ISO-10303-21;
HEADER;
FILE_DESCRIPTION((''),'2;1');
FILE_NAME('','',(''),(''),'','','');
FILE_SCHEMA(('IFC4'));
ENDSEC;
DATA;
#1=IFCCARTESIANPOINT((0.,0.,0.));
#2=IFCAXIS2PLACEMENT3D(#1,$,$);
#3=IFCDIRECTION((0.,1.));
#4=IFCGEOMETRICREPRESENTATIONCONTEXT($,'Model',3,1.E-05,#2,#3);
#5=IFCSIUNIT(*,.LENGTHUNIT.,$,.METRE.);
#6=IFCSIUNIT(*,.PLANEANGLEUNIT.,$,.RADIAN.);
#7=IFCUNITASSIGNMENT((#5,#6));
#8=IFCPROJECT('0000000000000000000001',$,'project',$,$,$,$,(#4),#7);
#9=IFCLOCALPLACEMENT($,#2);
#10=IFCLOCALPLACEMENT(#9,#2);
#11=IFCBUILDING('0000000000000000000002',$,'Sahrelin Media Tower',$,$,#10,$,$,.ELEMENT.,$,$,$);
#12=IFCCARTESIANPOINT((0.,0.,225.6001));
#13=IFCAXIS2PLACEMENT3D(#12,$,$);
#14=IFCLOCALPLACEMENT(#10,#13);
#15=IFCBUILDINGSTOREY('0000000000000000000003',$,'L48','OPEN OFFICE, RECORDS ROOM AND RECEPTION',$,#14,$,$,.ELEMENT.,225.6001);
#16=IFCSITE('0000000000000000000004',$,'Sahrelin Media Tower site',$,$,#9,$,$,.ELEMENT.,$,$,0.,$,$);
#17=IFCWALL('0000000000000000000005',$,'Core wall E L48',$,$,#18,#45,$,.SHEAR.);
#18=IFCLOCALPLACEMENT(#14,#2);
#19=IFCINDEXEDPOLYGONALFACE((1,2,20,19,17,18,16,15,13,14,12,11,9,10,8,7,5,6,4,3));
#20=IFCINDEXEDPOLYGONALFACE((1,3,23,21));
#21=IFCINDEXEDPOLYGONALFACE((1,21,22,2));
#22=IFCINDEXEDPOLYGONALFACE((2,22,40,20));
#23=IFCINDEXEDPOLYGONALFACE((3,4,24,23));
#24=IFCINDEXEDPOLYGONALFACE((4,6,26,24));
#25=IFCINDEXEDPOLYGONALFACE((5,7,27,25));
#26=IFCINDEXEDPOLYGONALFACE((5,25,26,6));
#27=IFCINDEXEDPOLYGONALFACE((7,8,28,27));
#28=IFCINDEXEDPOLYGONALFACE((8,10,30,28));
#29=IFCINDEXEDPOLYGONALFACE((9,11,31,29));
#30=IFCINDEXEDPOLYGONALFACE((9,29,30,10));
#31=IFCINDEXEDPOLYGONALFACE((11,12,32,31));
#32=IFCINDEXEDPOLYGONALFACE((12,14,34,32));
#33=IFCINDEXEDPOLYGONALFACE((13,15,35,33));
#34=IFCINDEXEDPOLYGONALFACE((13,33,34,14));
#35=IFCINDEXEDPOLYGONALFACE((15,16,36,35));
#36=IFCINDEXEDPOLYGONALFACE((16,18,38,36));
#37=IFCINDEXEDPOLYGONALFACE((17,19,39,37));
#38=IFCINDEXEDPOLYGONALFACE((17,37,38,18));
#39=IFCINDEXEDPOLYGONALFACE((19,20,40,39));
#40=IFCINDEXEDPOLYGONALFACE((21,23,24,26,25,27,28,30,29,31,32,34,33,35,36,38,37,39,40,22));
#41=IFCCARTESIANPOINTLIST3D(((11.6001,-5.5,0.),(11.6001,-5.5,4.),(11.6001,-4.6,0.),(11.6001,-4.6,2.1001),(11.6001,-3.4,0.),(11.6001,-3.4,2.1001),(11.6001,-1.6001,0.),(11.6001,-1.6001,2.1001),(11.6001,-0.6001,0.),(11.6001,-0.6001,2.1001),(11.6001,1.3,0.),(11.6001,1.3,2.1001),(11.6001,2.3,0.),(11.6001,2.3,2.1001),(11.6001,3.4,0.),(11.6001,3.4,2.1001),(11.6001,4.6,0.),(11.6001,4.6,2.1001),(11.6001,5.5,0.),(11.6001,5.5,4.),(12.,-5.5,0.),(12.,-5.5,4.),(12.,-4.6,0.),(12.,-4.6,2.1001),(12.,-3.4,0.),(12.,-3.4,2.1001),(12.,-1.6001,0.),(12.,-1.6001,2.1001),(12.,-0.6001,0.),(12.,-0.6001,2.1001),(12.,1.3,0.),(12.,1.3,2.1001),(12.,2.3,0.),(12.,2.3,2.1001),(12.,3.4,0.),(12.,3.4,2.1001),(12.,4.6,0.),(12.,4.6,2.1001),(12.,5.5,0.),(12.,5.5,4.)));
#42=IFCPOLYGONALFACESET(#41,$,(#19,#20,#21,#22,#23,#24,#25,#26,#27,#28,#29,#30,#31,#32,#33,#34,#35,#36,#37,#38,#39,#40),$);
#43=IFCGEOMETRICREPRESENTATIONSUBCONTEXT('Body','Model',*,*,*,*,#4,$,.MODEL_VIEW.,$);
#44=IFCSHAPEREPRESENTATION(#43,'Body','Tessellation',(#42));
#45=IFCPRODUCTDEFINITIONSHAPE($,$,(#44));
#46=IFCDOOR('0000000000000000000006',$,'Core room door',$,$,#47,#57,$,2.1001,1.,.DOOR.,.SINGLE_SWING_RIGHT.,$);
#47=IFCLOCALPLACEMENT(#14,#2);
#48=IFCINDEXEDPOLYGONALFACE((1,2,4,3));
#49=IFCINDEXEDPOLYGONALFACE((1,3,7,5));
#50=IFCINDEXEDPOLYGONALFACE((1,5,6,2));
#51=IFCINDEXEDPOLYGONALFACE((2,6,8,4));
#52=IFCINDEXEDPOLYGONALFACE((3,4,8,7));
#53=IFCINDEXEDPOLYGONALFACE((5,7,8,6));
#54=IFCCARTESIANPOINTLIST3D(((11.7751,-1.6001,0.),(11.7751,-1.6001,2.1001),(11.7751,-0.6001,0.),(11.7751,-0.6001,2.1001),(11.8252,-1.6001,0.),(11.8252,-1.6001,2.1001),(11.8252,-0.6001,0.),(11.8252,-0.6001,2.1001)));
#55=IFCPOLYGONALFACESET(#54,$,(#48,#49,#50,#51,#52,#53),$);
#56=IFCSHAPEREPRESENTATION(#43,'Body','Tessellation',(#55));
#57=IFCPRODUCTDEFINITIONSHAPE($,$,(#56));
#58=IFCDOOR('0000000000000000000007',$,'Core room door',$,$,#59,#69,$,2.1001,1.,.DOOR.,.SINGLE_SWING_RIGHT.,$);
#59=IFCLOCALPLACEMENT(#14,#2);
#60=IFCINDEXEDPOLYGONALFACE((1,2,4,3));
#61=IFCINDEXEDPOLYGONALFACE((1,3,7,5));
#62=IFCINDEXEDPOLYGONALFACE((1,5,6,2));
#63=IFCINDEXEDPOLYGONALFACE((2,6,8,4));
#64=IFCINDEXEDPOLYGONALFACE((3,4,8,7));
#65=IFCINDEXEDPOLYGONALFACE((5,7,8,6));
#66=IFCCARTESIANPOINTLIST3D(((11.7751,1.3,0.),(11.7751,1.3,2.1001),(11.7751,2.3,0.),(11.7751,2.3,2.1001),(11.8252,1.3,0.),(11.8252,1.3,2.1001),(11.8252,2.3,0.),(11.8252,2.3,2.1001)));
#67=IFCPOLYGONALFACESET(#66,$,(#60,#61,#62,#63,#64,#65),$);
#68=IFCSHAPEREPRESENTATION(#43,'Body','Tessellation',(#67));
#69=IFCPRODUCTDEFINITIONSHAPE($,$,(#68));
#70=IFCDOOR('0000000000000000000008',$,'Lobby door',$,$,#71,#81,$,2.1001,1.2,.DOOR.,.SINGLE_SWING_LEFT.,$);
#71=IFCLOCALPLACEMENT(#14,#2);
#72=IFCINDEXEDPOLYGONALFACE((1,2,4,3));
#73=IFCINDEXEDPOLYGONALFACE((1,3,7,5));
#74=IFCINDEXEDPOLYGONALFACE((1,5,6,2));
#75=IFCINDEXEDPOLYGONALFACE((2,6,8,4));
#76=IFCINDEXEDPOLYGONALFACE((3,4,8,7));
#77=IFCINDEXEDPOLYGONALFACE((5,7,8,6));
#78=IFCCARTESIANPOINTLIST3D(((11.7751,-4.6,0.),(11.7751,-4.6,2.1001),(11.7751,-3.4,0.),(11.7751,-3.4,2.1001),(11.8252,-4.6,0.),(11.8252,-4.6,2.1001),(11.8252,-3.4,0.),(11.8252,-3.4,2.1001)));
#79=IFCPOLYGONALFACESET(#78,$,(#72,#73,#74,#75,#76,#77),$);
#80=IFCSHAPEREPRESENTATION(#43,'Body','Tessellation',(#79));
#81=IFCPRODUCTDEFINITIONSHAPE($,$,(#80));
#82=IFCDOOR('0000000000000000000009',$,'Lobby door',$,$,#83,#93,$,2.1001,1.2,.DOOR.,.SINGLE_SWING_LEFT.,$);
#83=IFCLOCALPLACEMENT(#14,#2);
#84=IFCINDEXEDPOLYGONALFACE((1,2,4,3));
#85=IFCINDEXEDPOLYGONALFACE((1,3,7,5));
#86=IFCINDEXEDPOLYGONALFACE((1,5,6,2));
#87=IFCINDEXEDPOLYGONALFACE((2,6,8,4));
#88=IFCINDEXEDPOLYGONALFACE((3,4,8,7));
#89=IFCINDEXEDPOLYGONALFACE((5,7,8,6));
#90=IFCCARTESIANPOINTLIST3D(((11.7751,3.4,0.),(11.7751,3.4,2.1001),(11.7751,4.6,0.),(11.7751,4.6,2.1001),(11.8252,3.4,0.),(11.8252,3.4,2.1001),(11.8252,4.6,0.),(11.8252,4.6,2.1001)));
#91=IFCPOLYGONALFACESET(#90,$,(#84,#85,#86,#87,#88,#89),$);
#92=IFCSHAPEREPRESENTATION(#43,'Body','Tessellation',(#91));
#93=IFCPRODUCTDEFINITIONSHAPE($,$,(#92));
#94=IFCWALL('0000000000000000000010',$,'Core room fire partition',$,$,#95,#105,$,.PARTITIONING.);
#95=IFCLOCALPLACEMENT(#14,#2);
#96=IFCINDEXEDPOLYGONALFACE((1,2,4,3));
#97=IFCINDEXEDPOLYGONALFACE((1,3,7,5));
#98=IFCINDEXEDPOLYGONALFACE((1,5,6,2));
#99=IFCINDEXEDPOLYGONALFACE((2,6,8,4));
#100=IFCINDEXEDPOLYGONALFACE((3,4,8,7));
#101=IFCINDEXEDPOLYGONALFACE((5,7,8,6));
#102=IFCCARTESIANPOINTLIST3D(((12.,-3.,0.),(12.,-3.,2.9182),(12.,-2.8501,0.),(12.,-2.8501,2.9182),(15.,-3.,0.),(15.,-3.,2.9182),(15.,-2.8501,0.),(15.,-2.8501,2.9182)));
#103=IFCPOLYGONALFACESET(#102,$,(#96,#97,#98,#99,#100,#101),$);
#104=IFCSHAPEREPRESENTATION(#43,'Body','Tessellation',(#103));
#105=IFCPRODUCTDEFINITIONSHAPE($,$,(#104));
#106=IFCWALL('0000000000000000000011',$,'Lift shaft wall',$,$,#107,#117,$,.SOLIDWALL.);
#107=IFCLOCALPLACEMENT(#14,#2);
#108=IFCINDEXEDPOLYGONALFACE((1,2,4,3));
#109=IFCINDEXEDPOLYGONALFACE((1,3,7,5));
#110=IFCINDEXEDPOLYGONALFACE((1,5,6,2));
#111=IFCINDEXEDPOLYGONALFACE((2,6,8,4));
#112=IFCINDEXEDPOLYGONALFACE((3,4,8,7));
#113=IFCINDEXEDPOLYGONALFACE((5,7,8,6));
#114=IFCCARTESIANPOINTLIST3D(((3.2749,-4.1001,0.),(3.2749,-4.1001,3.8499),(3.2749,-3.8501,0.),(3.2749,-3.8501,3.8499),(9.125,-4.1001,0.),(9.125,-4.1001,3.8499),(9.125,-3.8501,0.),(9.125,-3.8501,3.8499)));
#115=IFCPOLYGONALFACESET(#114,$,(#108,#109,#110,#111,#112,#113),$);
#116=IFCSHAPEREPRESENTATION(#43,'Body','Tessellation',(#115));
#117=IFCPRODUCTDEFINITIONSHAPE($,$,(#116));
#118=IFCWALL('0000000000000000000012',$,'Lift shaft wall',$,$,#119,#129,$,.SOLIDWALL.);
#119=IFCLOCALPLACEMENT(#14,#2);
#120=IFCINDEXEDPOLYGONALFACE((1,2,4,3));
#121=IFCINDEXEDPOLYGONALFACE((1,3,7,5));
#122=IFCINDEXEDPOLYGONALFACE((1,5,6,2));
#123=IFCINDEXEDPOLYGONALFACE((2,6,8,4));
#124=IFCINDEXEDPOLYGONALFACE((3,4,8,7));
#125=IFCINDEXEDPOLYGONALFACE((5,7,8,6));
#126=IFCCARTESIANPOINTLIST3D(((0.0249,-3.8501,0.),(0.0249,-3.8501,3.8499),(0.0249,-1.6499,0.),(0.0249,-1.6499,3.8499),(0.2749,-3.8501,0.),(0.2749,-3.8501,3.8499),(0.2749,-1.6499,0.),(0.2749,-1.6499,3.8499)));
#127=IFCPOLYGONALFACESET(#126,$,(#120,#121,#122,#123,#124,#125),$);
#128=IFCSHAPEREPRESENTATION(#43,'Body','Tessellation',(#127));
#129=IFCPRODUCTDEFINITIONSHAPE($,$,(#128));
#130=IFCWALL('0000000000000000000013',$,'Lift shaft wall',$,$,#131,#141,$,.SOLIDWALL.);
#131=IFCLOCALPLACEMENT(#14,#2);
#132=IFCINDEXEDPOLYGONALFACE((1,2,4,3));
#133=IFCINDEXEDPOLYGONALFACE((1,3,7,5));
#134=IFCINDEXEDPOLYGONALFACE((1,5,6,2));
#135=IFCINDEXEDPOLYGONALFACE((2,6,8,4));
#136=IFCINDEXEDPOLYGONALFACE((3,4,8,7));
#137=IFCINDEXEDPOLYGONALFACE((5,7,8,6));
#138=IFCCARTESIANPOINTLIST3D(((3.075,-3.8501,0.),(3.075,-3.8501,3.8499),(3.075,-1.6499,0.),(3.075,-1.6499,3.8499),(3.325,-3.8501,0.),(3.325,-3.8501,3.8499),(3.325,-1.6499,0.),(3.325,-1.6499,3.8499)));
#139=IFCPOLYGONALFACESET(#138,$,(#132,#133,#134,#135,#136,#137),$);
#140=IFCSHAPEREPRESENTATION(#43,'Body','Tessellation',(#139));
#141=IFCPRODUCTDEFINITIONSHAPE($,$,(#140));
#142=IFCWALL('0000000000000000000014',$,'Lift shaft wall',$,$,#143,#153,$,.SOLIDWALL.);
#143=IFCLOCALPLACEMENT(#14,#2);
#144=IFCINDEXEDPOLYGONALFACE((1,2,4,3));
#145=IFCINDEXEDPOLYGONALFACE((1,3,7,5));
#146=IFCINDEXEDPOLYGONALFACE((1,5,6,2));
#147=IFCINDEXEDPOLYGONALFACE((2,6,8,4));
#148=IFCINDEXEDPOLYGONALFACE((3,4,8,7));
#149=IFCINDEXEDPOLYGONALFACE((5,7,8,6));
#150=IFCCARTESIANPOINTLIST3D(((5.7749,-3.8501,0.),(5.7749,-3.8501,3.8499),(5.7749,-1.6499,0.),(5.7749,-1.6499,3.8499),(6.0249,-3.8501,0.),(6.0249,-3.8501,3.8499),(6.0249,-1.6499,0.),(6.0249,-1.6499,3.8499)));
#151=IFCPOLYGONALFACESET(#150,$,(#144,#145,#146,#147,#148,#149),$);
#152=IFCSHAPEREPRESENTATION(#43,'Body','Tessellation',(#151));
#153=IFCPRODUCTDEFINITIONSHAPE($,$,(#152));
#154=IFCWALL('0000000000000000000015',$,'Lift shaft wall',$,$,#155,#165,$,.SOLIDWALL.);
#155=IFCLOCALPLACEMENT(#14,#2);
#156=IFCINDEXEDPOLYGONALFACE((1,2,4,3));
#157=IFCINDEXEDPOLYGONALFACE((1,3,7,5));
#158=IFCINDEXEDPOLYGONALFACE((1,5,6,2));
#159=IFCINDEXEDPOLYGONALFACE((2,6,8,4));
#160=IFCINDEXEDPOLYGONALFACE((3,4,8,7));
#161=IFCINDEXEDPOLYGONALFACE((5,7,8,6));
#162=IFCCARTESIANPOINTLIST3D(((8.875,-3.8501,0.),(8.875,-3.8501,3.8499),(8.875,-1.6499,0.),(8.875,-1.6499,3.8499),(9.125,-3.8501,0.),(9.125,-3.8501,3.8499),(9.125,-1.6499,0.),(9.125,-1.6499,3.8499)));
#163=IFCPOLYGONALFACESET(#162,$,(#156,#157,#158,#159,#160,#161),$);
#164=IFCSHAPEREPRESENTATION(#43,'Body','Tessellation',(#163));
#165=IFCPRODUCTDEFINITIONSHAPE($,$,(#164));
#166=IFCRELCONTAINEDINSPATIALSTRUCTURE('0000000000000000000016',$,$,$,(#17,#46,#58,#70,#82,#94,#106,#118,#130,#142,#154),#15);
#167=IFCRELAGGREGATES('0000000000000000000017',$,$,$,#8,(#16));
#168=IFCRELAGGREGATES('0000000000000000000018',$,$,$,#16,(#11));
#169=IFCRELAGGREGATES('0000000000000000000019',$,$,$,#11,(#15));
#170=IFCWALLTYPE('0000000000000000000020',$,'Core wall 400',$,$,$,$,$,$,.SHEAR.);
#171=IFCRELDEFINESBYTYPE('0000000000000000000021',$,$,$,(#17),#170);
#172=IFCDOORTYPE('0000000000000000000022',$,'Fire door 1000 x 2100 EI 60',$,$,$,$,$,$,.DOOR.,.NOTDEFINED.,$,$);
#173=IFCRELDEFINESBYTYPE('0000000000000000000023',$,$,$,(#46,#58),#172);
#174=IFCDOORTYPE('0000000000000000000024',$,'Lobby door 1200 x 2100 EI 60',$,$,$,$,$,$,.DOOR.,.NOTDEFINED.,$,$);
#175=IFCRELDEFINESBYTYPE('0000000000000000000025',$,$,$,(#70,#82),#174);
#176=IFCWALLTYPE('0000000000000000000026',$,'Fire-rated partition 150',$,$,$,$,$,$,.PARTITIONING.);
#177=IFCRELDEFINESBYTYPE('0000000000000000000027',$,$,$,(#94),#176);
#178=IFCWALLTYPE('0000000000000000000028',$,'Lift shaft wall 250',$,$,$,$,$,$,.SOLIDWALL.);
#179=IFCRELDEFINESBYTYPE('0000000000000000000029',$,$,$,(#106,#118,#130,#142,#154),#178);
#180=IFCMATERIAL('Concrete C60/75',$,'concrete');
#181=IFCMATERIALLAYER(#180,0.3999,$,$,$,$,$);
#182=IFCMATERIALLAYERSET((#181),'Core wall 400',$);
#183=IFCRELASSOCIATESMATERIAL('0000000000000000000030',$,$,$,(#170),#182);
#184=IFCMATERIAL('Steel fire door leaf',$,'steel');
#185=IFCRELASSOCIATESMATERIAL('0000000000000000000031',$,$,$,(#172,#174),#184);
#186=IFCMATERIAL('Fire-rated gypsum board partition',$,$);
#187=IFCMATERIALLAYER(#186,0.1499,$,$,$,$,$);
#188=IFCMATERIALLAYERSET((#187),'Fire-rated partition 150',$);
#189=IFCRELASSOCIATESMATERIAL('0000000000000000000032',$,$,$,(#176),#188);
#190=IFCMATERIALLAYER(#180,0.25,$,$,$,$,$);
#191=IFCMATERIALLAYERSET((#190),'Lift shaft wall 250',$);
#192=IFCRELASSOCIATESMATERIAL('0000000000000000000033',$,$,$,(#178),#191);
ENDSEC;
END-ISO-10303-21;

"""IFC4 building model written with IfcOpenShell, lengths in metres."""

from ifc_helpers import new_model, si_unit, direction, frame, frame_2d, origin, place, context, subcontext, project, spatial, rectangle, extrude, material, layer, layer_set, type_object, element, fill, save


model = new_model("IFC4")

# Units and contexts
model_context = context("Model", 3, precision=1e-05, world=origin(), true_north=direction((0.0, 1.0)))
body_context = subcontext(model_context, "Body", "Model", "MODEL_VIEW")
ifc_project = project(units=[si_unit("LENGTHUNIT", "METRE"), si_unit("PLANEANGLEUNIT", "RADIAN")], contexts=[model_context])

# Site, building, storey
site_placement = place(None, origin())
site = spatial("IfcSite", under=ifc_project, at=site_placement, Name="Sahrelin Media Tower site", CompositionType="ELEMENT", RefElevation=0.0)
building_placement = place(site_placement, origin())
building = spatial("IfcBuilding", under=site, at=building_placement, Name="Sahrelin Media Tower", CompositionType="ELEMENT")
storey_placement = place(building_placement, frame((0.0, 0.0, 225.6001)))
storey = spatial("IfcBuildingStorey", under=building, at=storey_placement, Name="L48", Description="OPEN OFFICE, RECORDS ROOM AND RECEPTION", CompositionType="ELEMENT", Elevation=225.6001)

# Wall, openings, doors
ifc_material_1 = material(Name="Concrete C60/75", Category="concrete")
ifc_layer_1 = layer(ifc_material_1, 0.3999)
ifc_layer_set_1 = layer_set([ifc_layer_1], Name="Core wall 400")
wall_type_1 = type_object("IfcWallType", Name="Core wall 400", PredefinedType="SHEAR", material=ifc_layer_set_1)
wall_1_placement = place(storey_placement, frame((11.8, -5.5, 0.0), z_axis=(0.0, 0.0, 1.0), x_axis=(0.0, 1.0, 0.0)))
wall_1 = element("IfcWall", 1, at=wall_1_placement, inside=storey, type_object=wall_type_1, Name="Core wall E L48", PredefinedType="SHEAR", context=body_context, shape_type="SweptSolid", body=[
    extrude(rectangle(XDim=11.0, YDim=0.3999, at=frame_2d((5.5, 0.0))), origin(), (0.0, 0.0, 1.0), 4.0),
])
opening_1_placement = place(wall_1_placement, frame((3.8999, 0.0, 0.0)))
opening_1 = element("IfcOpeningElement", 2, at=opening_1_placement, cuts=wall_1, PredefinedType="OPENING", context=body_context, shape_type="SweptSolid", body=[
    extrude(rectangle(XDim=1.0, YDim=2.1001, at=frame_2d((0.5, 1.05))), frame((0.0, 0.2, 0.0), z_axis=(0.0, -1.0, 0.0), x_axis=(1.0, 0.0, 0.0)), (0.0, 0.0, 1.0), 0.3999),
])
opening_2_placement = place(wall_1_placement, frame((6.8, 0.0, 0.0)))
opening_2 = element("IfcOpeningElement", 3, at=opening_2_placement, cuts=wall_1, PredefinedType="OPENING", context=body_context, shape_type="SweptSolid", body=[
    extrude(rectangle(XDim=1.0, YDim=2.1001, at=frame_2d((0.5, 1.05))), frame((0.0, 0.2, 0.0), z_axis=(0.0, -1.0, 0.0), x_axis=(1.0, 0.0, 0.0)), (0.0, 0.0, 1.0), 0.3999),
])
opening_3_placement = place(wall_1_placement, frame((0.8999, 0.0, 0.0)))
opening_3 = element("IfcOpeningElement", 4, at=opening_3_placement, cuts=wall_1, PredefinedType="OPENING", context=body_context, shape_type="SweptSolid", body=[
    extrude(rectangle(XDim=1.2, YDim=2.1001, at=frame_2d((0.6001, 1.05))), frame((0.0, 0.2, 0.0), z_axis=(0.0, -1.0, 0.0), x_axis=(1.0, 0.0, 0.0)), (0.0, 0.0, 1.0), 0.3999),
])
opening_4_placement = place(wall_1_placement, frame((8.8999, 0.0, 0.0)))
opening_4 = element("IfcOpeningElement", 5, at=opening_4_placement, cuts=wall_1, PredefinedType="OPENING", context=body_context, shape_type="SweptSolid", body=[
    extrude(rectangle(XDim=1.2, YDim=2.1001, at=frame_2d((0.6001, 1.05))), frame((0.0, 0.2, 0.0), z_axis=(0.0, -1.0, 0.0), x_axis=(1.0, 0.0, 0.0)), (0.0, 0.0, 1.0), 0.3999),
])
ifc_material_2 = material(Name="Steel fire door leaf", Category="steel")
door_type_1 = type_object("IfcDoorType", Name="Fire door 1000 x 2100 EI 60", OperationType="NOTDEFINED", PredefinedType="DOOR", material=ifc_material_2)
door_1_placement = place(opening_1_placement, origin())
door_1 = element("IfcDoor", 6, at=door_1_placement, inside=storey, type_object=door_type_1, Name="Core room door", OperationType="SINGLE_SWING_RIGHT", OverallHeight=2.1001, OverallWidth=1.0, PredefinedType="DOOR", context=body_context, shape_type="SweptSolid", body=[
    extrude(rectangle(XDim=1.0, YDim=2.1001, at=frame_2d((0.5, 1.05))), frame((0.0, 0.0249, 0.0), z_axis=(0.0, -1.0, 0.0), x_axis=(1.0, 0.0, 0.0)), (0.0, 0.0, 1.0), 0.05),
])
fill(opening_1, door_1)
door_2_placement = place(opening_2_placement, origin())
door_2 = element("IfcDoor", 7, at=door_2_placement, inside=storey, type_object=door_type_1, Name="Core room door", OperationType="SINGLE_SWING_RIGHT", OverallHeight=2.1001, OverallWidth=1.0, PredefinedType="DOOR", context=body_context, shape_type="SweptSolid", body=[
    extrude(rectangle(XDim=1.0, YDim=2.1001, at=frame_2d((0.5, 1.05))), frame((0.0, 0.0249, 0.0), z_axis=(0.0, -1.0, 0.0), x_axis=(1.0, 0.0, 0.0)), (0.0, 0.0, 1.0), 0.05),
])
fill(opening_2, door_2)
door_type_2 = type_object("IfcDoorType", Name="Lobby door 1200 x 2100 EI 60", OperationType="NOTDEFINED", PredefinedType="DOOR", material=ifc_material_2)
door_3_placement = place(opening_3_placement, origin())
door_3 = element("IfcDoor", 8, at=door_3_placement, inside=storey, type_object=door_type_2, Name="Lobby door", OperationType="SINGLE_SWING_LEFT", OverallHeight=2.1001, OverallWidth=1.2, PredefinedType="DOOR", context=body_context, shape_type="SweptSolid", body=[
    extrude(rectangle(XDim=1.2, YDim=2.1001, at=frame_2d((0.6001, 1.05))), frame((0.0, 0.0249, 0.0), z_axis=(0.0, -1.0, 0.0), x_axis=(1.0, 0.0, 0.0)), (0.0, 0.0, 1.0), 0.05),
])
fill(opening_3, door_3)
door_4_placement = place(opening_4_placement, origin())
door_4 = element("IfcDoor", 9, at=door_4_placement, inside=storey, type_object=door_type_2, Name="Lobby door", OperationType="SINGLE_SWING_LEFT", OverallHeight=2.1001, OverallWidth=1.2, PredefinedType="DOOR", context=body_context, shape_type="SweptSolid", body=[
    extrude(rectangle(XDim=1.2, YDim=2.1001, at=frame_2d((0.6001, 1.05))), frame((0.0, 0.0249, 0.0), z_axis=(0.0, -1.0, 0.0), x_axis=(1.0, 0.0, 0.0)), (0.0, 0.0, 1.0), 0.05),
])
fill(opening_4, door_4)

# Walls
ifc_material_3 = material(Name="Fire-rated gypsum board partition")
ifc_layer_2 = layer(ifc_material_3, 0.1499)
ifc_layer_set_2 = layer_set([ifc_layer_2], Name="Fire-rated partition 150")
wall_type_2 = type_object("IfcWallType", Name="Fire-rated partition 150", PredefinedType="PARTITIONING", material=ifc_layer_set_2)
wall_2_placement = place(storey_placement, frame((12.0, -2.925, 0.0), z_axis=(0.0, 0.0, 1.0), x_axis=(1.0, 0.0, 0.0)))
element("IfcWall", 10, at=wall_2_placement, inside=storey, type_object=wall_type_2, Name="Core room fire partition", PredefinedType="PARTITIONING", context=body_context, shape_type="SweptSolid", body=[
    extrude(rectangle(XDim=3.0, YDim=0.1499, at=frame_2d((1.5, 0.0))), origin(), (0.0, 0.0, 1.0), 2.9182),
])
ifc_layer_3 = layer(ifc_material_1, 0.25)
ifc_layer_set_3 = layer_set([ifc_layer_3], Name="Lift shaft wall 250")
wall_type_3 = type_object("IfcWallType", Name="Lift shaft wall 250", PredefinedType="SOLIDWALL", material=ifc_layer_set_3)
wall_3_placement = place(storey_placement, frame((3.2749, -3.9751, 0.0), z_axis=(0.0, 0.0, 1.0), x_axis=(1.0, 0.0, 0.0)))
element("IfcWall", 11, at=wall_3_placement, inside=storey, type_object=wall_type_3, Name="Lift shaft wall", PredefinedType="SOLIDWALL", context=body_context, shape_type="SweptSolid", body=[
    extrude(rectangle(XDim=5.8501, YDim=0.25, at=frame_2d((2.925, 0.0))), origin(), (0.0, 0.0, 1.0), 3.8499),
])
for number, where, z_axis, x_axis, name in (
    (12, (0.1499, -3.8501, 0.0), (0.0, 0.0, 1.0), (0.0, 1.0, 0.0), "Lift shaft wall"),
    (13, (3.2, -3.8501, 0.0), (0.0, 0.0, 1.0), (0.0, 1.0, 0.0), "Lift shaft wall"),
    (14, (5.8999, -3.8501, 0.0), (0.0, 0.0, 1.0), (0.0, 1.0, 0.0), "Lift shaft wall"),
    (15, (9.0, -3.8501, 0.0), (0.0, 0.0, 1.0), (0.0, 1.0, 0.0), "Lift shaft wall"),
):
    element("IfcWall", number, at=place(storey_placement, frame(where, z_axis=z_axis, x_axis=x_axis)), inside=storey, type_object=wall_type_3, Name=name, PredefinedType="SOLIDWALL", context=body_context, shape_type="SweptSolid", body=[
        extrude(rectangle(XDim=2.2002, YDim=0.25, at=frame_2d((1.1001, 0.0))), origin(), (0.0, 0.0, 1.0), 3.8499),
    ])

save(model, "model.ifc")
